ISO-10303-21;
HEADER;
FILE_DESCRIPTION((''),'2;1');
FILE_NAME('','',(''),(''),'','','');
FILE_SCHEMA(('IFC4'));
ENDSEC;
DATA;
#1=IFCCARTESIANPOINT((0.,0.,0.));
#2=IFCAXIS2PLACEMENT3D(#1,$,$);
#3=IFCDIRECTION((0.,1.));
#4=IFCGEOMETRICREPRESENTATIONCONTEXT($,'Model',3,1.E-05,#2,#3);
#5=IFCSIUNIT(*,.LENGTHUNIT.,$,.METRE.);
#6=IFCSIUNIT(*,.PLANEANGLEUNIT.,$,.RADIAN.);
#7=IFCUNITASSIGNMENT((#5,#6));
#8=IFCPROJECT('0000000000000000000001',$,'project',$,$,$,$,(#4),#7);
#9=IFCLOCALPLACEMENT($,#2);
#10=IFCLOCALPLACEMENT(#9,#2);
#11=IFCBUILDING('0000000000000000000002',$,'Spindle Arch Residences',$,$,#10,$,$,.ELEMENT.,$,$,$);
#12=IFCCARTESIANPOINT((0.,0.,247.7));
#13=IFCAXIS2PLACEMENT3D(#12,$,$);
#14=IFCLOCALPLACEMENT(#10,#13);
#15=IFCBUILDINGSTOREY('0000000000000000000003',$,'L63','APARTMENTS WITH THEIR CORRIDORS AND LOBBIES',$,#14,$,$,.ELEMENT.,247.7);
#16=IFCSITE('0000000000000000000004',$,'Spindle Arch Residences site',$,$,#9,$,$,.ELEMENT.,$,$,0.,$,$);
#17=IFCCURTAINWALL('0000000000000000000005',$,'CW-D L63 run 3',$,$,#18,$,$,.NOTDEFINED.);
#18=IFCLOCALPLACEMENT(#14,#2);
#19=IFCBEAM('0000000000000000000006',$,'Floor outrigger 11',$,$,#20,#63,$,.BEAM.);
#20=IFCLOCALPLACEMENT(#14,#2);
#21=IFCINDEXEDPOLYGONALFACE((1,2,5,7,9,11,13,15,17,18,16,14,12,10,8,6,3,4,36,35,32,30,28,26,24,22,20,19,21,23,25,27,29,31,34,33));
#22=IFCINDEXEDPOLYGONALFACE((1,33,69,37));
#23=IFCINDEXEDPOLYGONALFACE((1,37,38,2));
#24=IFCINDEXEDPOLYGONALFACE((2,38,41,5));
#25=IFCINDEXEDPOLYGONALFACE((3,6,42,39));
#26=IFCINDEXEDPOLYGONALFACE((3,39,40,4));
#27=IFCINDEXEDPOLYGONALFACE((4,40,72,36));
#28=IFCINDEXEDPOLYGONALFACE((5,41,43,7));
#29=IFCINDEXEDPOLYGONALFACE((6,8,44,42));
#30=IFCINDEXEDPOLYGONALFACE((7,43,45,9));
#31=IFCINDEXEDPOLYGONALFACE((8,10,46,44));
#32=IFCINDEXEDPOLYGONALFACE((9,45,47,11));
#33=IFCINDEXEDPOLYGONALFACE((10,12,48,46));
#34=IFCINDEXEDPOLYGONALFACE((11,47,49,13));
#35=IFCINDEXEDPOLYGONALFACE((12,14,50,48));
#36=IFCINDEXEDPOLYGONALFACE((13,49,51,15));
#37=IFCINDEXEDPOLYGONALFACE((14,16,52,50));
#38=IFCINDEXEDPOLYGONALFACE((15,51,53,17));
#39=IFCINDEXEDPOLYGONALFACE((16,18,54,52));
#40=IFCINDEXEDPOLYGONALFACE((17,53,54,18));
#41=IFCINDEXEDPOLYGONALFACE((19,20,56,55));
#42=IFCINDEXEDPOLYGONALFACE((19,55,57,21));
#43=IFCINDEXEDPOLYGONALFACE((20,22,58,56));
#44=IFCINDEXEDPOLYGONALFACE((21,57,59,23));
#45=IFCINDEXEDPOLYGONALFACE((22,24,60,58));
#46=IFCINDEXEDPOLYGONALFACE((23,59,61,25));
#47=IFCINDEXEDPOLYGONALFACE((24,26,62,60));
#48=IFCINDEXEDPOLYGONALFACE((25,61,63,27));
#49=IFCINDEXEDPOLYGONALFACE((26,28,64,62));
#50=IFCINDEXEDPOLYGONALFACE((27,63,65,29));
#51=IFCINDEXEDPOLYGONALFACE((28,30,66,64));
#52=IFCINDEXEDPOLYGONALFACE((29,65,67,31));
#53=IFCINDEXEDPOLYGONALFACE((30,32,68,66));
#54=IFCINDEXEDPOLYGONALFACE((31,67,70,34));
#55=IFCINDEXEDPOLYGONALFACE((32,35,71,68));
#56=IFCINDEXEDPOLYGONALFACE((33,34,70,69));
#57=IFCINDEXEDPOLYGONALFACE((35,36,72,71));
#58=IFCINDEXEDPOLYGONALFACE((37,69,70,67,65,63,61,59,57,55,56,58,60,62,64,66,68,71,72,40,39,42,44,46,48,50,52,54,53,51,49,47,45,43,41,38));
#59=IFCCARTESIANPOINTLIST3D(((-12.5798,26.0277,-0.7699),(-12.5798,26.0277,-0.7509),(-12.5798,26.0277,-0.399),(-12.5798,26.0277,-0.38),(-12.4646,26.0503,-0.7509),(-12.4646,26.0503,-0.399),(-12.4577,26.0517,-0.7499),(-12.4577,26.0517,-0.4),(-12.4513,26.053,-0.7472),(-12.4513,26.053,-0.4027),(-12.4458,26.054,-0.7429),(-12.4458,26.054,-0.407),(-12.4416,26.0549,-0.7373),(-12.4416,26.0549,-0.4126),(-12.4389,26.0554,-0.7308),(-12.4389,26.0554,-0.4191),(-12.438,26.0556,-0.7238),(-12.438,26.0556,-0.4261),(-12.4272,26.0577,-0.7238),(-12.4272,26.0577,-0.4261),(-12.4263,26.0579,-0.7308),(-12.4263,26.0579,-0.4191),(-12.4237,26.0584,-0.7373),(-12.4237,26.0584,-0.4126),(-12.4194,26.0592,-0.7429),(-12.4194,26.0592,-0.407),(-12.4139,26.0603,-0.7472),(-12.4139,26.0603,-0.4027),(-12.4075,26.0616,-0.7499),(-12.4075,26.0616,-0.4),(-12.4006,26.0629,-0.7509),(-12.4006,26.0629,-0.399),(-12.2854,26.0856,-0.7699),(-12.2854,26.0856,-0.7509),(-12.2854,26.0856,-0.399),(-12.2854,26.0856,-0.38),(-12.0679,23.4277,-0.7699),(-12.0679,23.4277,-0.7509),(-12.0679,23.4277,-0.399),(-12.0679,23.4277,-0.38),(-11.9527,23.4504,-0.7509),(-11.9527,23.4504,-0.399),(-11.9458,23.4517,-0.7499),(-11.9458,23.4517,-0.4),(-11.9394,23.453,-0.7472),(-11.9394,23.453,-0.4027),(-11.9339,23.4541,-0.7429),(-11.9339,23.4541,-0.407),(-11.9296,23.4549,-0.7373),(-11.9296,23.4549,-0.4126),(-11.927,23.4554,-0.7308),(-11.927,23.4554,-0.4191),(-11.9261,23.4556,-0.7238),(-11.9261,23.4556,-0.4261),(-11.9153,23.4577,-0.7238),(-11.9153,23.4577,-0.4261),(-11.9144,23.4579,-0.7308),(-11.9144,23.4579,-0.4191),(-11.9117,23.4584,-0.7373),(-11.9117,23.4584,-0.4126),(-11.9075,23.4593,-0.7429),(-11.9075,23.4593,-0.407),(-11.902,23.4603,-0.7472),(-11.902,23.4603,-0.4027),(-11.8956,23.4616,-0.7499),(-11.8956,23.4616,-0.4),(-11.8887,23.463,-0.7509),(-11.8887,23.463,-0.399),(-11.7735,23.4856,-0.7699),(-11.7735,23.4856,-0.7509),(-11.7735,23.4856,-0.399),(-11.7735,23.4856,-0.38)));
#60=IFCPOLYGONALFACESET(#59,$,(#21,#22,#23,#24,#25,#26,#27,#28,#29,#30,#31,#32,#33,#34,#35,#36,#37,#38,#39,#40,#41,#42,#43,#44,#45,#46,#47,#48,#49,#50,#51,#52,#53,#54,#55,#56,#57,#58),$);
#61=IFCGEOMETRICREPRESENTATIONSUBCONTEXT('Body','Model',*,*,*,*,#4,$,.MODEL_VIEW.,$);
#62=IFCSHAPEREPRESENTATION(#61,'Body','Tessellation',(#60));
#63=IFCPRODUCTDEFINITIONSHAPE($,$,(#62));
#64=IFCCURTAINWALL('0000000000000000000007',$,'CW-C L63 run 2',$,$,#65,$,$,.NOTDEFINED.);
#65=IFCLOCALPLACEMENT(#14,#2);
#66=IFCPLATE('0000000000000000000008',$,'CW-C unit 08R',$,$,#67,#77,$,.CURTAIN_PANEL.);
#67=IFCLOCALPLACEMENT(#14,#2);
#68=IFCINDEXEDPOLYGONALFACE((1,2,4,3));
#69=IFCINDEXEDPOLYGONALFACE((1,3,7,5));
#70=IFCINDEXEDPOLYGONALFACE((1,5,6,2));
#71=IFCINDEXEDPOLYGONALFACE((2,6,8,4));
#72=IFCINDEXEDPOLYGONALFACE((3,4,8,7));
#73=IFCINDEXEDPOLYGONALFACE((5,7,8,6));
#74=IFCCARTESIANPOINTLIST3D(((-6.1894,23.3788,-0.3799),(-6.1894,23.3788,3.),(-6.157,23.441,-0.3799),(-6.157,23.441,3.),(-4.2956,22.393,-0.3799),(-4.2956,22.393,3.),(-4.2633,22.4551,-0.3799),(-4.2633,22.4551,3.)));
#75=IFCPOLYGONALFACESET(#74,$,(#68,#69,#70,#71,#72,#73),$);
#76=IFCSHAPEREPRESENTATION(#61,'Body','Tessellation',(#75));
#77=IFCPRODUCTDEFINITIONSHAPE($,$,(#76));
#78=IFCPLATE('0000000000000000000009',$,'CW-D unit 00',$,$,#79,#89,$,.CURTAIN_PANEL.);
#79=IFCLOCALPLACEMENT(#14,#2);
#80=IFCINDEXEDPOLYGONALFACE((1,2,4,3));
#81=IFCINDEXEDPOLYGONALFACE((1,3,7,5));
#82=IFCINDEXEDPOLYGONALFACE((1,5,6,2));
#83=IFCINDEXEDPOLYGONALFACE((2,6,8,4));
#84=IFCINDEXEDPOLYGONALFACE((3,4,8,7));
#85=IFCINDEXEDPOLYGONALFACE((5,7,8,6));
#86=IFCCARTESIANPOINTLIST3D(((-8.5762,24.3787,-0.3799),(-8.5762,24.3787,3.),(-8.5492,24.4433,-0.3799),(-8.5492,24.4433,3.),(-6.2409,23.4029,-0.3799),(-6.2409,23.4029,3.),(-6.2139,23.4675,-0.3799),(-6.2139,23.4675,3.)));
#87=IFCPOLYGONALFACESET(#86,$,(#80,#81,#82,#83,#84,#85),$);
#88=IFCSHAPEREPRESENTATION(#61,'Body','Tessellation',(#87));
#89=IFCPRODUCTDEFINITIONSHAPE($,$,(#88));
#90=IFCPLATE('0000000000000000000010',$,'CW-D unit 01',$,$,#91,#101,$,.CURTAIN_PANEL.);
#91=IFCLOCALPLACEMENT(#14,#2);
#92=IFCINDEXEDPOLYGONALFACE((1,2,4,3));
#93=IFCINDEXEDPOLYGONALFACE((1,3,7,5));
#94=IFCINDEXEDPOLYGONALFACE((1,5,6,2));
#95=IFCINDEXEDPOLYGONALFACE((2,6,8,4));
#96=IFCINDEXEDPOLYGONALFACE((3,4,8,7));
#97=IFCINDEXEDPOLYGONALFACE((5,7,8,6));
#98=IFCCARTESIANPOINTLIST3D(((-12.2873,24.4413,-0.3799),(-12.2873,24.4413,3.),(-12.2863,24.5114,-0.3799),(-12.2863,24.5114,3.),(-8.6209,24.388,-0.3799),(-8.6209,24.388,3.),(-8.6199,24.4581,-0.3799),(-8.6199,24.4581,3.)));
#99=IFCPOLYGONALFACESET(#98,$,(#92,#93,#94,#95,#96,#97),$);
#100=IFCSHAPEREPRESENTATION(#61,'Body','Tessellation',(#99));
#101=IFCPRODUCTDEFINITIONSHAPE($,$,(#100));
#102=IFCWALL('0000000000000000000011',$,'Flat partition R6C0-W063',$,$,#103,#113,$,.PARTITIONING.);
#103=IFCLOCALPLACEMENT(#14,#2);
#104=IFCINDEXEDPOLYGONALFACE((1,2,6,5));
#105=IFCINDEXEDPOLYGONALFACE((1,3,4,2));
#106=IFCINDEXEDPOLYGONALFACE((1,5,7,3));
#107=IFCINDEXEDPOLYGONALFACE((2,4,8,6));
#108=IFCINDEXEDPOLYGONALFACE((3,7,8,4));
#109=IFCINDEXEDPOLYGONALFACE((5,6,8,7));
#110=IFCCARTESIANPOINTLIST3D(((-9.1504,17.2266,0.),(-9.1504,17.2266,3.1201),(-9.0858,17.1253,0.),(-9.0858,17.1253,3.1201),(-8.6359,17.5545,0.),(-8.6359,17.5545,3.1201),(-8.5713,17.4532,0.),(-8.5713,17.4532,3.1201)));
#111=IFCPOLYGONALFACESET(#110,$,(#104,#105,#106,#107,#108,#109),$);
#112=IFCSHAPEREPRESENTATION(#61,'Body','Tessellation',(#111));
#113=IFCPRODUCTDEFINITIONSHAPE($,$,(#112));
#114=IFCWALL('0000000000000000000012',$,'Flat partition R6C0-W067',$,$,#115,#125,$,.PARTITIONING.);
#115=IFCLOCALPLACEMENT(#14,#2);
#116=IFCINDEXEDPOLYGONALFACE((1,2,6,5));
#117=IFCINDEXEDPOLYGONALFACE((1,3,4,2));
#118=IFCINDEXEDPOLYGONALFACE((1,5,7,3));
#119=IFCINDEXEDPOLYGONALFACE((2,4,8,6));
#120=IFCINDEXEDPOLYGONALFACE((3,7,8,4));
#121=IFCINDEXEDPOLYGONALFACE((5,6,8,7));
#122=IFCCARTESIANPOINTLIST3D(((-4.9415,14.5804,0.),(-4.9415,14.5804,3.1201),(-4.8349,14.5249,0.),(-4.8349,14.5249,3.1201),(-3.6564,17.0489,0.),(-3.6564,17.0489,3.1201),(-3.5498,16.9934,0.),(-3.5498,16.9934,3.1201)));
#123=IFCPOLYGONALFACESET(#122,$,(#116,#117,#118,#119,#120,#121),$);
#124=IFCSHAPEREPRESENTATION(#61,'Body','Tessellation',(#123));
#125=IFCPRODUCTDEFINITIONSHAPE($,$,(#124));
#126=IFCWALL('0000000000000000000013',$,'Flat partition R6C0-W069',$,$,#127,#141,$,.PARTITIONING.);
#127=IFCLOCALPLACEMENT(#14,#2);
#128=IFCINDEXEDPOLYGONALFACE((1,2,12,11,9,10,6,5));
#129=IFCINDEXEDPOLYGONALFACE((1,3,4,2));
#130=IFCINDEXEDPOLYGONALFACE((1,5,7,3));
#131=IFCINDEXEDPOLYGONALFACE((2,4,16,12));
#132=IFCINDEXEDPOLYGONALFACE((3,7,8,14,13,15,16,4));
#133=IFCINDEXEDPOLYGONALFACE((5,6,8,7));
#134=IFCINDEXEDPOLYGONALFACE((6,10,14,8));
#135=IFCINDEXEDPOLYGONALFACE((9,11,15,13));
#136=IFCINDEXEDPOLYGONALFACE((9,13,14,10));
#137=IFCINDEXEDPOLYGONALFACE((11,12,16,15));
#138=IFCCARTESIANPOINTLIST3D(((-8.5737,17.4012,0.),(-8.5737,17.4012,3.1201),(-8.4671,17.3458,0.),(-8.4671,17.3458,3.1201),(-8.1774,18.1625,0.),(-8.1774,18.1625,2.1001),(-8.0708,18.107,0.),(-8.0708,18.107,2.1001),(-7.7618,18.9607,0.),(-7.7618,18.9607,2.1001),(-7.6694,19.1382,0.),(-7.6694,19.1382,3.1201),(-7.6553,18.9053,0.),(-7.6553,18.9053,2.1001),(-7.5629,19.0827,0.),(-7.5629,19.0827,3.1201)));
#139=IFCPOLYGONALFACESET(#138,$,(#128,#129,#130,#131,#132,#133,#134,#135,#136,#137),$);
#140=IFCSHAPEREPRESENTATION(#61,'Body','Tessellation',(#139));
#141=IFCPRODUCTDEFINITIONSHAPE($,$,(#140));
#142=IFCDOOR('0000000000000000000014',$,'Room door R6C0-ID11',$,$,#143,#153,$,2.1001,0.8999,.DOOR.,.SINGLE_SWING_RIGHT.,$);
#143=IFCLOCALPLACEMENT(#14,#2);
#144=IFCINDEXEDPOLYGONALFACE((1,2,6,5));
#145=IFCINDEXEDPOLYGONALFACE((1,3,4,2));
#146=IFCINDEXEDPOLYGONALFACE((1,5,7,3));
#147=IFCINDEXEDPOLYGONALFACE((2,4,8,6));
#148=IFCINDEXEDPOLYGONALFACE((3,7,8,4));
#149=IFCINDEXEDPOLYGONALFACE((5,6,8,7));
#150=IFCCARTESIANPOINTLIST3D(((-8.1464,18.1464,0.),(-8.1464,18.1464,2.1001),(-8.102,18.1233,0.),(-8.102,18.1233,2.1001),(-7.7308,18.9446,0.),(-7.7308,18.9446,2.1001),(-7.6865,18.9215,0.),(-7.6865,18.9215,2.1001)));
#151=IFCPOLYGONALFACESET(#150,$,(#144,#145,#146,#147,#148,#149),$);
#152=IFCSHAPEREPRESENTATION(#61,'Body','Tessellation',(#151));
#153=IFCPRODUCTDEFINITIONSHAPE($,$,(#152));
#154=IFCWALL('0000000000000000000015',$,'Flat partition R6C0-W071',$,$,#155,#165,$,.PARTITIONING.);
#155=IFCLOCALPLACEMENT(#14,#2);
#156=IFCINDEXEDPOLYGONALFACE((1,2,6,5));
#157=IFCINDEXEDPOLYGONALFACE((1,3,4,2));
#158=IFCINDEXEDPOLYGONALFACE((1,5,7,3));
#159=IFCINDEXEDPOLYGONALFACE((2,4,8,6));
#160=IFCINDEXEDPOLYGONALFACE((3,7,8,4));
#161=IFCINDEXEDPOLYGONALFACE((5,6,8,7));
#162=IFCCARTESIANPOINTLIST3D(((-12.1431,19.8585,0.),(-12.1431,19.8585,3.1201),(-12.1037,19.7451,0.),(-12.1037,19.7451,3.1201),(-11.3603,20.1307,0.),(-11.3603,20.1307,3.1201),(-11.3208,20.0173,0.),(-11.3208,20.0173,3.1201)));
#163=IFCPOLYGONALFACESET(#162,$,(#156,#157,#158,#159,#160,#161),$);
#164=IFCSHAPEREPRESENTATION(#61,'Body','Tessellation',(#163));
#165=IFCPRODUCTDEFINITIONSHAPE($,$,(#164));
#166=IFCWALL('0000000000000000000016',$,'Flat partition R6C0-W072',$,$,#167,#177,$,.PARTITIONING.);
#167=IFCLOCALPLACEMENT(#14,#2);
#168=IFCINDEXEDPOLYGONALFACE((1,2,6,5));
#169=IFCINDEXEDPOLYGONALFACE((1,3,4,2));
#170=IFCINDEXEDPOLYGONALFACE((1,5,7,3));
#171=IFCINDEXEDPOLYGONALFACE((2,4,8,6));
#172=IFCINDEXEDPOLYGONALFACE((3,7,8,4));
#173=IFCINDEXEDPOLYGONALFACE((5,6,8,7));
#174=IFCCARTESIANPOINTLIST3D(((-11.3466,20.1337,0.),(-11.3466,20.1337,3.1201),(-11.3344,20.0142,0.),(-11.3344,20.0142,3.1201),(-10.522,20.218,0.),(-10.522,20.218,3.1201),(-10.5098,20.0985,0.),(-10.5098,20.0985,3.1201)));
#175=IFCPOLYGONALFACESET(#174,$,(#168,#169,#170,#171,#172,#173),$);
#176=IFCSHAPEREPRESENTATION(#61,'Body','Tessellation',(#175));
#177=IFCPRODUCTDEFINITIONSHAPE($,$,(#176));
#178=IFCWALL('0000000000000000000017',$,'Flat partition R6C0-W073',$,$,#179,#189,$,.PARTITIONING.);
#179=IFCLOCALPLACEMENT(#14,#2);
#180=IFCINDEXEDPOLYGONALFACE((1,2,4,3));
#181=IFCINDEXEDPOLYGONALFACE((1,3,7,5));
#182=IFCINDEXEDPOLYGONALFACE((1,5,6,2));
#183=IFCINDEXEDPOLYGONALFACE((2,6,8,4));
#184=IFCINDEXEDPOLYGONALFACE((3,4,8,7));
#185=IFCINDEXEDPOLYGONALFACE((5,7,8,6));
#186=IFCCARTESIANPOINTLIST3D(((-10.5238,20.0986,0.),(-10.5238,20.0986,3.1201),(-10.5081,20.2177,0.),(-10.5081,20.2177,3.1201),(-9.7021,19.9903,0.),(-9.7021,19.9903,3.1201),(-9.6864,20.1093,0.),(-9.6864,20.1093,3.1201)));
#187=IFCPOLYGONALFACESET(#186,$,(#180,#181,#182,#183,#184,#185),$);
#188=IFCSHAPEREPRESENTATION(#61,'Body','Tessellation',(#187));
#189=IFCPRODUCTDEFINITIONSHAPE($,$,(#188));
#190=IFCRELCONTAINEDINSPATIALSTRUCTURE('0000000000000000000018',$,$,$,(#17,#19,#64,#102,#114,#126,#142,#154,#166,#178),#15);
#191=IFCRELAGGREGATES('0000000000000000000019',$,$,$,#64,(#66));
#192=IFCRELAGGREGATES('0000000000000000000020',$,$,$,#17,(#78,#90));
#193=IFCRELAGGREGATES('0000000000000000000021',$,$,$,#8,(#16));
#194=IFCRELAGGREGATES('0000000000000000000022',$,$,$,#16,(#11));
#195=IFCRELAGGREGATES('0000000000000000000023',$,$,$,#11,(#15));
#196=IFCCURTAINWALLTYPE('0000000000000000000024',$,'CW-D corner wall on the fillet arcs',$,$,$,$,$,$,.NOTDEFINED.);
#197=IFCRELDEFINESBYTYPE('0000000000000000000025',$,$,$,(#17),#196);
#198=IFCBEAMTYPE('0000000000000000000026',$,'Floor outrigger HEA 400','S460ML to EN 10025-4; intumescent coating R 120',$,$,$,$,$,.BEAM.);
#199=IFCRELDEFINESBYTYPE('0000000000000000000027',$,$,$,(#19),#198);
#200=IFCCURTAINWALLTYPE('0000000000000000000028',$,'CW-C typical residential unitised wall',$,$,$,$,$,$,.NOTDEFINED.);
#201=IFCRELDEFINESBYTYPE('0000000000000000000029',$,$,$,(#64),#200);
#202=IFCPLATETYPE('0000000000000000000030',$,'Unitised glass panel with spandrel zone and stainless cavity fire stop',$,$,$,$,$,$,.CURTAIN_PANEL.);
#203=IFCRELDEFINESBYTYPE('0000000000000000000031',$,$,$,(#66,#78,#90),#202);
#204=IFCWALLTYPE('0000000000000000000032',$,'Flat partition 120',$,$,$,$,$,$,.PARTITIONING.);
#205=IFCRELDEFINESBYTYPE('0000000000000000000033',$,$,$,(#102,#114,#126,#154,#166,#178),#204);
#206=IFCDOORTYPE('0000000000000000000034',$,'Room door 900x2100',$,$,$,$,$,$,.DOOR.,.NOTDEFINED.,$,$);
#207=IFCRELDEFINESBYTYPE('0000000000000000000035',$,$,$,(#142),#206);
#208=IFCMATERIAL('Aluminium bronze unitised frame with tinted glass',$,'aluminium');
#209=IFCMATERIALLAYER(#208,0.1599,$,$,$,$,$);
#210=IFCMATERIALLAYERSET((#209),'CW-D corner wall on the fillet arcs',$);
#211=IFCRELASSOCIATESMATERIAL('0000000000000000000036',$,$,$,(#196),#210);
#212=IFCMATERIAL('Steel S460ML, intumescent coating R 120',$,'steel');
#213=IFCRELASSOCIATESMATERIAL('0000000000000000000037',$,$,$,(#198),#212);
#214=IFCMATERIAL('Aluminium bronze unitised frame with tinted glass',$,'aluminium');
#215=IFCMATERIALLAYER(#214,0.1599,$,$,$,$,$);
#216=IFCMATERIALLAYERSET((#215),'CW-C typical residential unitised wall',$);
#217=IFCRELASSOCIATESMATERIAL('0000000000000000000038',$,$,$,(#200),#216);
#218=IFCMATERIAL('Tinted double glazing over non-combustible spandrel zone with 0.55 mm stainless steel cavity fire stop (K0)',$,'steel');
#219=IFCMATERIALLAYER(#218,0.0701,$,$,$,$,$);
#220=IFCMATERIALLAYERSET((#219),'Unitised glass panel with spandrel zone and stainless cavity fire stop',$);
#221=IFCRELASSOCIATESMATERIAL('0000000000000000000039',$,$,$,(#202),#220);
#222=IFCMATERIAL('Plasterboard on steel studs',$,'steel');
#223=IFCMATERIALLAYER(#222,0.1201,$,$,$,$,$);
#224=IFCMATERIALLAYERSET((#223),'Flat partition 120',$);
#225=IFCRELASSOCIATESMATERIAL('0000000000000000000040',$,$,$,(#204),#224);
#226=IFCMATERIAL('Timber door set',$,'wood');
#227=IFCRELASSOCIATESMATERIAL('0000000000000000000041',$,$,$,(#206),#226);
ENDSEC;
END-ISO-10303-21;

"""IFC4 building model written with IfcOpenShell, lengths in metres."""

from ifc_helpers import new_model, si_unit, direction, frame, frame_2d, origin, origin_2d, place, context, subcontext, project, spatial, rectangle, i_section, extrude, material, layer, layer_set, material_profile, profile_set, type_object, element, fill, aggregate, save


model = new_model("IFC4")

# Units and contexts
model_context = context("Model", 3, precision=1e-05, world=origin(), true_north=direction((0.0, 1.0)))
body_context = subcontext(model_context, "Body", "Model", "MODEL_VIEW")
ifc_project = project(units=[si_unit("LENGTHUNIT", "METRE"), si_unit("PLANEANGLEUNIT", "RADIAN")], contexts=[model_context])

# Site, building, storey
site_placement = place(None, origin())
site = spatial("IfcSite", under=ifc_project, at=site_placement, Name="Spindle Arch Residences site", CompositionType="ELEMENT", RefElevation=0.0)
building_placement = place(site_placement, origin())
building = spatial("IfcBuilding", under=site, at=building_placement, Name="Spindle Arch Residences", CompositionType="ELEMENT")
storey_placement = place(building_placement, frame((0.0, 0.0, 247.7)))
storey = spatial("IfcBuildingStorey", under=building, at=storey_placement, Name="L63", Description="APARTMENTS WITH THEIR CORRIDORS AND LOBBIES", CompositionType="ELEMENT", Elevation=247.7)

# Curtain wall
ifc_material_1 = material(Name="Aluminium bronze unitised frame with tinted glass", Category="aluminium")
ifc_layer_1 = layer(ifc_material_1, 0.1599)
ifc_layer_set_1 = layer_set([ifc_layer_1], Name="CW-D corner wall on the fillet arcs")
curtain_wall_type_1 = type_object("IfcCurtainWallType", Name="CW-D corner wall on the fillet arcs", PredefinedType="NOTDEFINED", material=ifc_layer_set_1)
curtain_wall_1_placement = place(storey_placement, origin())
curtain_wall_1 = element("IfcCurtainWall", 1, at=curtain_wall_1_placement, inside=storey, type_object=curtain_wall_type_1, Name="CW-D L63 run 3", PredefinedType="NOTDEFINED")

# Beam
ifc_material_2 = material(Name="Steel S460ML, intumescent coating R 120", Category="steel")
ifc_material_profile_1 = material_profile(ifc_material_2, i_section(OverallWidth=0.3, OverallDepth=0.3899, WebThickness=0.011, FlangeThickness=0.019, FilletRadius=0.0271, at=origin_2d()), Name="HEA 400")
ifc_profile_set_1 = profile_set([ifc_material_profile_1], Name="Steel S460ML, intumescent coating R 120")
beam_type_1 = type_object("IfcBeamType", Name="Floor outrigger HEA 400", Description="S460ML to EN 10025-4; intumescent coating R 120", PredefinedType="BEAM", material=ifc_profile_set_1)
beam_1_placement = place(storey_placement, frame((-12.4326, 26.0566, -0.575), z_axis=(0.193192, -0.981161, 0.0), x_axis=(0.981161, 0.193192, 0.0)))
element("IfcBeam", 2, at=beam_1_placement, inside=storey, type_object=beam_type_1, Name="Floor outrigger 11", PredefinedType="BEAM", context=body_context, shape_type="SweptSolid", body=[
    extrude(i_section(OverallWidth=0.3, OverallDepth=0.3899, WebThickness=0.011, FlangeThickness=0.019, FilletRadius=0.0271, at=origin_2d()), origin(), (0.0, 0.0, 1.0), 2.6499),
])

# Curtain wall, plate
ifc_material_3 = material(Name="Aluminium bronze unitised frame with tinted glass", Category="aluminium")
ifc_layer_2 = layer(ifc_material_3, 0.1599)
ifc_layer_set_2 = layer_set([ifc_layer_2], Name="CW-C typical residential unitised wall")
curtain_wall_type_2 = type_object("IfcCurtainWallType", Name="CW-C typical residential unitised wall", PredefinedType="NOTDEFINED", material=ifc_layer_set_2)
curtain_wall_2_placement = place(storey_placement, origin())
curtain_wall_2 = element("IfcCurtainWall", 3, at=curtain_wall_2_placement, inside=storey, type_object=curtain_wall_type_2, Name="CW-C L63 run 2", PredefinedType="NOTDEFINED")
ifc_material_4 = material(Name="Tinted double glazing over non-combustible spandrel zone with 0.55 mm stainless steel cavity fire stop (K0)", Category="steel")
ifc_layer_3 = layer(ifc_material_4, 0.0701)
ifc_layer_set_3 = layer_set([ifc_layer_3], Name="Unitised glass panel with spandrel zone and stainless cavity fire stop")
plate_type = type_object("IfcPlateType", Name="Unitised glass panel with spandrel zone and stainless cavity fire stop", PredefinedType="CURTAIN_PANEL", material=ifc_layer_set_3)
plate_1_placement = place(storey_placement, frame((-5.2263, 22.917, -0.3799), z_axis=(0.0, 0.0, 1.0), x_axis=(-0.887011, 0.461749, 0.0)))
plate_1 = element("IfcPlate", 4, at=plate_1_placement, type_object=plate_type, Name="CW-C unit 08R", PredefinedType="CURTAIN_PANEL", context=body_context, shape_type="SweptSolid", body=[
    extrude(rectangle(XDim=2.135, YDim=0.0701, at=origin_2d()), origin(), (0.0, 0.0, 1.0), 3.3799),
])
aggregate(curtain_wall_2, [plate_1])

# Plates
plate_2_placement = place(storey_placement, frame((-7.395, 23.9231, -0.3799), z_axis=(0.0, 0.0, 1.0), x_axis=(-0.922686, 0.385552, 0.0)))
plate_2 = element("IfcPlate", 5, at=plate_2_placement, type_object=plate_type, Name="CW-D unit 00", PredefinedType="CURTAIN_PANEL", context=body_context, shape_type="SweptSolid", body=[
    extrude(rectangle(XDim=2.531, YDim=0.0701, at=origin_2d()), origin(), (0.0, 0.0, 1.0), 3.3799),
])
plate_3_placement = place(storey_placement, frame((-10.4536, 24.4497, -0.3799), z_axis=(0.0, 0.0, 1.0), x_axis=(-0.999894, 0.014544, 0.0)))
plate_3 = element("IfcPlate", 6, at=plate_3_placement, type_object=plate_type, Name="CW-D unit 01", PredefinedType="CURTAIN_PANEL", context=body_context, shape_type="SweptSolid", body=[
    extrude(rectangle(XDim=3.6667, YDim=0.0701, at=origin_2d()), origin(), (0.0, 0.0, 1.0), 3.3799),
])
aggregate(curtain_wall_1, [plate_2, plate_3])

# Walls
ifc_material_5 = material(Name="Plasterboard on steel studs", Category="steel")
ifc_layer_4 = layer(ifc_material_5, 0.1201)
ifc_layer_set_4 = layer_set([ifc_layer_4], Name="Flat partition 120")
wall_type_1 = type_object("IfcWallType", Name="Flat partition 120", PredefinedType="PARTITIONING", material=ifc_layer_set_4)
wall_1_placement = place(storey_placement, frame((-8.6035, 17.5039, 0.0), z_axis=(0.0, 0.0, 1.0), x_axis=(-0.843266, -0.537497, 0.0)))
element("IfcWall", 7, at=wall_1_placement, inside=storey, type_object=wall_type_1, Name="Flat partition R6C0-W063", PredefinedType="PARTITIONING", context=body_context, shape_type="SweptSolid", body=[
    extrude(rectangle(XDim=0.6101, YDim=0.1201, at=frame_2d((0.3052, 0.0))), origin(), (0.0, 0.0, 1.0), 3.1201),
])
wall_2_placement = place(storey_placement, frame((-3.603, 17.0212, 0.0), z_axis=(0.0, 0.0, 1.0), x_axis=(-0.461786, -0.886991, 0.0)))
element("IfcWall", 8, at=wall_2_placement, inside=storey, type_object=wall_type_1, Name="Flat partition R6C0-W067", PredefinedType="PARTITIONING", context=body_context, shape_type="SweptSolid", body=[
    extrude(rectangle(XDim=2.783, YDim=0.1201, at=frame_2d((1.3916, 0.0))), origin(), (0.0, 0.0, 1.0), 3.1201),
])

# Wall, opening, door
wall_3_placement = place(storey_placement, frame((-7.6162, 19.1104, 0.0), z_axis=(0.0, 0.0, 1.0), x_axis=(-0.461765, -0.887002, 0.0)))
wall_3 = element("IfcWall", 9, at=wall_3_placement, inside=storey, type_object=wall_type_1, Name="Flat partition R6C0-W069", PredefinedType="PARTITIONING", context=body_context, shape_type="SweptSolid", body=[
    extrude(rectangle(XDim=1.9583, YDim=0.1201, at=frame_2d((0.979, 0.0))), origin(), (0.0, 0.0, 1.0), 3.1201),
])
opening_1_placement = place(wall_3_placement, frame((0.2, 0.0, 0.0)))
opening_1 = element("IfcOpeningElement", 10, at=opening_1_placement, cuts=wall_3, PredefinedType="OPENING", context=body_context, shape_type="SweptSolid", body=[
    extrude(rectangle(XDim=0.8999, YDim=2.1001, at=frame_2d((0.45, 1.05))), frame((0.0, 0.0701, 0.0), z_axis=(0.0, -1.0, 0.0), x_axis=(1.0, 0.0, 0.0)), (0.0, 0.0, 1.0), 0.1401),
])
ifc_material_6 = material(Name="Timber door set", Category="wood")
door_type = type_object("IfcDoorType", Name="Room door 900x2100", OperationType="NOTDEFINED", PredefinedType="DOOR", material=ifc_material_6)
door_1_placement = place(opening_1_placement, origin())
door_1 = element("IfcDoor", 11, at=door_1_placement, inside=storey, type_object=door_type, Name="Room door R6C0-ID11", OperationType="SINGLE_SWING_RIGHT", OverallHeight=2.1001, OverallWidth=0.8999, PredefinedType="DOOR", context=body_context, shape_type="SweptSolid", body=[
    extrude(rectangle(XDim=0.8999, YDim=2.1001, at=frame_2d((0.45, 1.05))), frame((0.0, 0.0249, 0.0), z_axis=(0.0, -1.0, 0.0), x_axis=(1.0, 0.0, 0.0)), (0.0, 0.0, 1.0), 0.05),
])
fill(opening_1, door_1)

# Walls
for number, where, z_axis, x_axis, name in (
    (12, (-12.1235, 19.8018, 0.0), (0.0, 0.0, 1.0), (0.94454, 0.328395, 0.0), "Flat partition R6C0-W071"),
    (13, (-11.3406, 20.074, 0.0), (0.0, 0.0, 1.0), (0.994822, 0.101633, 0.0), "Flat partition R6C0-W072"),
    (14, (-10.5161, 20.1582, 0.0), (0.0, 0.0, 1.0), (0.991412, -0.130775, 0.0), "Flat partition R6C0-W073"),
):
    element("IfcWall", number, at=place(storey_placement, frame(where, z_axis=z_axis, x_axis=x_axis)), inside=storey, type_object=wall_type_1, Name=name, PredefinedType="PARTITIONING", context=body_context, shape_type="SweptSolid", body=[
        extrude(rectangle(XDim=0.8289, YDim=0.1201, at=frame_2d((0.4146, 0.0))), origin(), (0.0, 0.0, 1.0), 3.1201),
    ])

save(model, "model.ifc")
